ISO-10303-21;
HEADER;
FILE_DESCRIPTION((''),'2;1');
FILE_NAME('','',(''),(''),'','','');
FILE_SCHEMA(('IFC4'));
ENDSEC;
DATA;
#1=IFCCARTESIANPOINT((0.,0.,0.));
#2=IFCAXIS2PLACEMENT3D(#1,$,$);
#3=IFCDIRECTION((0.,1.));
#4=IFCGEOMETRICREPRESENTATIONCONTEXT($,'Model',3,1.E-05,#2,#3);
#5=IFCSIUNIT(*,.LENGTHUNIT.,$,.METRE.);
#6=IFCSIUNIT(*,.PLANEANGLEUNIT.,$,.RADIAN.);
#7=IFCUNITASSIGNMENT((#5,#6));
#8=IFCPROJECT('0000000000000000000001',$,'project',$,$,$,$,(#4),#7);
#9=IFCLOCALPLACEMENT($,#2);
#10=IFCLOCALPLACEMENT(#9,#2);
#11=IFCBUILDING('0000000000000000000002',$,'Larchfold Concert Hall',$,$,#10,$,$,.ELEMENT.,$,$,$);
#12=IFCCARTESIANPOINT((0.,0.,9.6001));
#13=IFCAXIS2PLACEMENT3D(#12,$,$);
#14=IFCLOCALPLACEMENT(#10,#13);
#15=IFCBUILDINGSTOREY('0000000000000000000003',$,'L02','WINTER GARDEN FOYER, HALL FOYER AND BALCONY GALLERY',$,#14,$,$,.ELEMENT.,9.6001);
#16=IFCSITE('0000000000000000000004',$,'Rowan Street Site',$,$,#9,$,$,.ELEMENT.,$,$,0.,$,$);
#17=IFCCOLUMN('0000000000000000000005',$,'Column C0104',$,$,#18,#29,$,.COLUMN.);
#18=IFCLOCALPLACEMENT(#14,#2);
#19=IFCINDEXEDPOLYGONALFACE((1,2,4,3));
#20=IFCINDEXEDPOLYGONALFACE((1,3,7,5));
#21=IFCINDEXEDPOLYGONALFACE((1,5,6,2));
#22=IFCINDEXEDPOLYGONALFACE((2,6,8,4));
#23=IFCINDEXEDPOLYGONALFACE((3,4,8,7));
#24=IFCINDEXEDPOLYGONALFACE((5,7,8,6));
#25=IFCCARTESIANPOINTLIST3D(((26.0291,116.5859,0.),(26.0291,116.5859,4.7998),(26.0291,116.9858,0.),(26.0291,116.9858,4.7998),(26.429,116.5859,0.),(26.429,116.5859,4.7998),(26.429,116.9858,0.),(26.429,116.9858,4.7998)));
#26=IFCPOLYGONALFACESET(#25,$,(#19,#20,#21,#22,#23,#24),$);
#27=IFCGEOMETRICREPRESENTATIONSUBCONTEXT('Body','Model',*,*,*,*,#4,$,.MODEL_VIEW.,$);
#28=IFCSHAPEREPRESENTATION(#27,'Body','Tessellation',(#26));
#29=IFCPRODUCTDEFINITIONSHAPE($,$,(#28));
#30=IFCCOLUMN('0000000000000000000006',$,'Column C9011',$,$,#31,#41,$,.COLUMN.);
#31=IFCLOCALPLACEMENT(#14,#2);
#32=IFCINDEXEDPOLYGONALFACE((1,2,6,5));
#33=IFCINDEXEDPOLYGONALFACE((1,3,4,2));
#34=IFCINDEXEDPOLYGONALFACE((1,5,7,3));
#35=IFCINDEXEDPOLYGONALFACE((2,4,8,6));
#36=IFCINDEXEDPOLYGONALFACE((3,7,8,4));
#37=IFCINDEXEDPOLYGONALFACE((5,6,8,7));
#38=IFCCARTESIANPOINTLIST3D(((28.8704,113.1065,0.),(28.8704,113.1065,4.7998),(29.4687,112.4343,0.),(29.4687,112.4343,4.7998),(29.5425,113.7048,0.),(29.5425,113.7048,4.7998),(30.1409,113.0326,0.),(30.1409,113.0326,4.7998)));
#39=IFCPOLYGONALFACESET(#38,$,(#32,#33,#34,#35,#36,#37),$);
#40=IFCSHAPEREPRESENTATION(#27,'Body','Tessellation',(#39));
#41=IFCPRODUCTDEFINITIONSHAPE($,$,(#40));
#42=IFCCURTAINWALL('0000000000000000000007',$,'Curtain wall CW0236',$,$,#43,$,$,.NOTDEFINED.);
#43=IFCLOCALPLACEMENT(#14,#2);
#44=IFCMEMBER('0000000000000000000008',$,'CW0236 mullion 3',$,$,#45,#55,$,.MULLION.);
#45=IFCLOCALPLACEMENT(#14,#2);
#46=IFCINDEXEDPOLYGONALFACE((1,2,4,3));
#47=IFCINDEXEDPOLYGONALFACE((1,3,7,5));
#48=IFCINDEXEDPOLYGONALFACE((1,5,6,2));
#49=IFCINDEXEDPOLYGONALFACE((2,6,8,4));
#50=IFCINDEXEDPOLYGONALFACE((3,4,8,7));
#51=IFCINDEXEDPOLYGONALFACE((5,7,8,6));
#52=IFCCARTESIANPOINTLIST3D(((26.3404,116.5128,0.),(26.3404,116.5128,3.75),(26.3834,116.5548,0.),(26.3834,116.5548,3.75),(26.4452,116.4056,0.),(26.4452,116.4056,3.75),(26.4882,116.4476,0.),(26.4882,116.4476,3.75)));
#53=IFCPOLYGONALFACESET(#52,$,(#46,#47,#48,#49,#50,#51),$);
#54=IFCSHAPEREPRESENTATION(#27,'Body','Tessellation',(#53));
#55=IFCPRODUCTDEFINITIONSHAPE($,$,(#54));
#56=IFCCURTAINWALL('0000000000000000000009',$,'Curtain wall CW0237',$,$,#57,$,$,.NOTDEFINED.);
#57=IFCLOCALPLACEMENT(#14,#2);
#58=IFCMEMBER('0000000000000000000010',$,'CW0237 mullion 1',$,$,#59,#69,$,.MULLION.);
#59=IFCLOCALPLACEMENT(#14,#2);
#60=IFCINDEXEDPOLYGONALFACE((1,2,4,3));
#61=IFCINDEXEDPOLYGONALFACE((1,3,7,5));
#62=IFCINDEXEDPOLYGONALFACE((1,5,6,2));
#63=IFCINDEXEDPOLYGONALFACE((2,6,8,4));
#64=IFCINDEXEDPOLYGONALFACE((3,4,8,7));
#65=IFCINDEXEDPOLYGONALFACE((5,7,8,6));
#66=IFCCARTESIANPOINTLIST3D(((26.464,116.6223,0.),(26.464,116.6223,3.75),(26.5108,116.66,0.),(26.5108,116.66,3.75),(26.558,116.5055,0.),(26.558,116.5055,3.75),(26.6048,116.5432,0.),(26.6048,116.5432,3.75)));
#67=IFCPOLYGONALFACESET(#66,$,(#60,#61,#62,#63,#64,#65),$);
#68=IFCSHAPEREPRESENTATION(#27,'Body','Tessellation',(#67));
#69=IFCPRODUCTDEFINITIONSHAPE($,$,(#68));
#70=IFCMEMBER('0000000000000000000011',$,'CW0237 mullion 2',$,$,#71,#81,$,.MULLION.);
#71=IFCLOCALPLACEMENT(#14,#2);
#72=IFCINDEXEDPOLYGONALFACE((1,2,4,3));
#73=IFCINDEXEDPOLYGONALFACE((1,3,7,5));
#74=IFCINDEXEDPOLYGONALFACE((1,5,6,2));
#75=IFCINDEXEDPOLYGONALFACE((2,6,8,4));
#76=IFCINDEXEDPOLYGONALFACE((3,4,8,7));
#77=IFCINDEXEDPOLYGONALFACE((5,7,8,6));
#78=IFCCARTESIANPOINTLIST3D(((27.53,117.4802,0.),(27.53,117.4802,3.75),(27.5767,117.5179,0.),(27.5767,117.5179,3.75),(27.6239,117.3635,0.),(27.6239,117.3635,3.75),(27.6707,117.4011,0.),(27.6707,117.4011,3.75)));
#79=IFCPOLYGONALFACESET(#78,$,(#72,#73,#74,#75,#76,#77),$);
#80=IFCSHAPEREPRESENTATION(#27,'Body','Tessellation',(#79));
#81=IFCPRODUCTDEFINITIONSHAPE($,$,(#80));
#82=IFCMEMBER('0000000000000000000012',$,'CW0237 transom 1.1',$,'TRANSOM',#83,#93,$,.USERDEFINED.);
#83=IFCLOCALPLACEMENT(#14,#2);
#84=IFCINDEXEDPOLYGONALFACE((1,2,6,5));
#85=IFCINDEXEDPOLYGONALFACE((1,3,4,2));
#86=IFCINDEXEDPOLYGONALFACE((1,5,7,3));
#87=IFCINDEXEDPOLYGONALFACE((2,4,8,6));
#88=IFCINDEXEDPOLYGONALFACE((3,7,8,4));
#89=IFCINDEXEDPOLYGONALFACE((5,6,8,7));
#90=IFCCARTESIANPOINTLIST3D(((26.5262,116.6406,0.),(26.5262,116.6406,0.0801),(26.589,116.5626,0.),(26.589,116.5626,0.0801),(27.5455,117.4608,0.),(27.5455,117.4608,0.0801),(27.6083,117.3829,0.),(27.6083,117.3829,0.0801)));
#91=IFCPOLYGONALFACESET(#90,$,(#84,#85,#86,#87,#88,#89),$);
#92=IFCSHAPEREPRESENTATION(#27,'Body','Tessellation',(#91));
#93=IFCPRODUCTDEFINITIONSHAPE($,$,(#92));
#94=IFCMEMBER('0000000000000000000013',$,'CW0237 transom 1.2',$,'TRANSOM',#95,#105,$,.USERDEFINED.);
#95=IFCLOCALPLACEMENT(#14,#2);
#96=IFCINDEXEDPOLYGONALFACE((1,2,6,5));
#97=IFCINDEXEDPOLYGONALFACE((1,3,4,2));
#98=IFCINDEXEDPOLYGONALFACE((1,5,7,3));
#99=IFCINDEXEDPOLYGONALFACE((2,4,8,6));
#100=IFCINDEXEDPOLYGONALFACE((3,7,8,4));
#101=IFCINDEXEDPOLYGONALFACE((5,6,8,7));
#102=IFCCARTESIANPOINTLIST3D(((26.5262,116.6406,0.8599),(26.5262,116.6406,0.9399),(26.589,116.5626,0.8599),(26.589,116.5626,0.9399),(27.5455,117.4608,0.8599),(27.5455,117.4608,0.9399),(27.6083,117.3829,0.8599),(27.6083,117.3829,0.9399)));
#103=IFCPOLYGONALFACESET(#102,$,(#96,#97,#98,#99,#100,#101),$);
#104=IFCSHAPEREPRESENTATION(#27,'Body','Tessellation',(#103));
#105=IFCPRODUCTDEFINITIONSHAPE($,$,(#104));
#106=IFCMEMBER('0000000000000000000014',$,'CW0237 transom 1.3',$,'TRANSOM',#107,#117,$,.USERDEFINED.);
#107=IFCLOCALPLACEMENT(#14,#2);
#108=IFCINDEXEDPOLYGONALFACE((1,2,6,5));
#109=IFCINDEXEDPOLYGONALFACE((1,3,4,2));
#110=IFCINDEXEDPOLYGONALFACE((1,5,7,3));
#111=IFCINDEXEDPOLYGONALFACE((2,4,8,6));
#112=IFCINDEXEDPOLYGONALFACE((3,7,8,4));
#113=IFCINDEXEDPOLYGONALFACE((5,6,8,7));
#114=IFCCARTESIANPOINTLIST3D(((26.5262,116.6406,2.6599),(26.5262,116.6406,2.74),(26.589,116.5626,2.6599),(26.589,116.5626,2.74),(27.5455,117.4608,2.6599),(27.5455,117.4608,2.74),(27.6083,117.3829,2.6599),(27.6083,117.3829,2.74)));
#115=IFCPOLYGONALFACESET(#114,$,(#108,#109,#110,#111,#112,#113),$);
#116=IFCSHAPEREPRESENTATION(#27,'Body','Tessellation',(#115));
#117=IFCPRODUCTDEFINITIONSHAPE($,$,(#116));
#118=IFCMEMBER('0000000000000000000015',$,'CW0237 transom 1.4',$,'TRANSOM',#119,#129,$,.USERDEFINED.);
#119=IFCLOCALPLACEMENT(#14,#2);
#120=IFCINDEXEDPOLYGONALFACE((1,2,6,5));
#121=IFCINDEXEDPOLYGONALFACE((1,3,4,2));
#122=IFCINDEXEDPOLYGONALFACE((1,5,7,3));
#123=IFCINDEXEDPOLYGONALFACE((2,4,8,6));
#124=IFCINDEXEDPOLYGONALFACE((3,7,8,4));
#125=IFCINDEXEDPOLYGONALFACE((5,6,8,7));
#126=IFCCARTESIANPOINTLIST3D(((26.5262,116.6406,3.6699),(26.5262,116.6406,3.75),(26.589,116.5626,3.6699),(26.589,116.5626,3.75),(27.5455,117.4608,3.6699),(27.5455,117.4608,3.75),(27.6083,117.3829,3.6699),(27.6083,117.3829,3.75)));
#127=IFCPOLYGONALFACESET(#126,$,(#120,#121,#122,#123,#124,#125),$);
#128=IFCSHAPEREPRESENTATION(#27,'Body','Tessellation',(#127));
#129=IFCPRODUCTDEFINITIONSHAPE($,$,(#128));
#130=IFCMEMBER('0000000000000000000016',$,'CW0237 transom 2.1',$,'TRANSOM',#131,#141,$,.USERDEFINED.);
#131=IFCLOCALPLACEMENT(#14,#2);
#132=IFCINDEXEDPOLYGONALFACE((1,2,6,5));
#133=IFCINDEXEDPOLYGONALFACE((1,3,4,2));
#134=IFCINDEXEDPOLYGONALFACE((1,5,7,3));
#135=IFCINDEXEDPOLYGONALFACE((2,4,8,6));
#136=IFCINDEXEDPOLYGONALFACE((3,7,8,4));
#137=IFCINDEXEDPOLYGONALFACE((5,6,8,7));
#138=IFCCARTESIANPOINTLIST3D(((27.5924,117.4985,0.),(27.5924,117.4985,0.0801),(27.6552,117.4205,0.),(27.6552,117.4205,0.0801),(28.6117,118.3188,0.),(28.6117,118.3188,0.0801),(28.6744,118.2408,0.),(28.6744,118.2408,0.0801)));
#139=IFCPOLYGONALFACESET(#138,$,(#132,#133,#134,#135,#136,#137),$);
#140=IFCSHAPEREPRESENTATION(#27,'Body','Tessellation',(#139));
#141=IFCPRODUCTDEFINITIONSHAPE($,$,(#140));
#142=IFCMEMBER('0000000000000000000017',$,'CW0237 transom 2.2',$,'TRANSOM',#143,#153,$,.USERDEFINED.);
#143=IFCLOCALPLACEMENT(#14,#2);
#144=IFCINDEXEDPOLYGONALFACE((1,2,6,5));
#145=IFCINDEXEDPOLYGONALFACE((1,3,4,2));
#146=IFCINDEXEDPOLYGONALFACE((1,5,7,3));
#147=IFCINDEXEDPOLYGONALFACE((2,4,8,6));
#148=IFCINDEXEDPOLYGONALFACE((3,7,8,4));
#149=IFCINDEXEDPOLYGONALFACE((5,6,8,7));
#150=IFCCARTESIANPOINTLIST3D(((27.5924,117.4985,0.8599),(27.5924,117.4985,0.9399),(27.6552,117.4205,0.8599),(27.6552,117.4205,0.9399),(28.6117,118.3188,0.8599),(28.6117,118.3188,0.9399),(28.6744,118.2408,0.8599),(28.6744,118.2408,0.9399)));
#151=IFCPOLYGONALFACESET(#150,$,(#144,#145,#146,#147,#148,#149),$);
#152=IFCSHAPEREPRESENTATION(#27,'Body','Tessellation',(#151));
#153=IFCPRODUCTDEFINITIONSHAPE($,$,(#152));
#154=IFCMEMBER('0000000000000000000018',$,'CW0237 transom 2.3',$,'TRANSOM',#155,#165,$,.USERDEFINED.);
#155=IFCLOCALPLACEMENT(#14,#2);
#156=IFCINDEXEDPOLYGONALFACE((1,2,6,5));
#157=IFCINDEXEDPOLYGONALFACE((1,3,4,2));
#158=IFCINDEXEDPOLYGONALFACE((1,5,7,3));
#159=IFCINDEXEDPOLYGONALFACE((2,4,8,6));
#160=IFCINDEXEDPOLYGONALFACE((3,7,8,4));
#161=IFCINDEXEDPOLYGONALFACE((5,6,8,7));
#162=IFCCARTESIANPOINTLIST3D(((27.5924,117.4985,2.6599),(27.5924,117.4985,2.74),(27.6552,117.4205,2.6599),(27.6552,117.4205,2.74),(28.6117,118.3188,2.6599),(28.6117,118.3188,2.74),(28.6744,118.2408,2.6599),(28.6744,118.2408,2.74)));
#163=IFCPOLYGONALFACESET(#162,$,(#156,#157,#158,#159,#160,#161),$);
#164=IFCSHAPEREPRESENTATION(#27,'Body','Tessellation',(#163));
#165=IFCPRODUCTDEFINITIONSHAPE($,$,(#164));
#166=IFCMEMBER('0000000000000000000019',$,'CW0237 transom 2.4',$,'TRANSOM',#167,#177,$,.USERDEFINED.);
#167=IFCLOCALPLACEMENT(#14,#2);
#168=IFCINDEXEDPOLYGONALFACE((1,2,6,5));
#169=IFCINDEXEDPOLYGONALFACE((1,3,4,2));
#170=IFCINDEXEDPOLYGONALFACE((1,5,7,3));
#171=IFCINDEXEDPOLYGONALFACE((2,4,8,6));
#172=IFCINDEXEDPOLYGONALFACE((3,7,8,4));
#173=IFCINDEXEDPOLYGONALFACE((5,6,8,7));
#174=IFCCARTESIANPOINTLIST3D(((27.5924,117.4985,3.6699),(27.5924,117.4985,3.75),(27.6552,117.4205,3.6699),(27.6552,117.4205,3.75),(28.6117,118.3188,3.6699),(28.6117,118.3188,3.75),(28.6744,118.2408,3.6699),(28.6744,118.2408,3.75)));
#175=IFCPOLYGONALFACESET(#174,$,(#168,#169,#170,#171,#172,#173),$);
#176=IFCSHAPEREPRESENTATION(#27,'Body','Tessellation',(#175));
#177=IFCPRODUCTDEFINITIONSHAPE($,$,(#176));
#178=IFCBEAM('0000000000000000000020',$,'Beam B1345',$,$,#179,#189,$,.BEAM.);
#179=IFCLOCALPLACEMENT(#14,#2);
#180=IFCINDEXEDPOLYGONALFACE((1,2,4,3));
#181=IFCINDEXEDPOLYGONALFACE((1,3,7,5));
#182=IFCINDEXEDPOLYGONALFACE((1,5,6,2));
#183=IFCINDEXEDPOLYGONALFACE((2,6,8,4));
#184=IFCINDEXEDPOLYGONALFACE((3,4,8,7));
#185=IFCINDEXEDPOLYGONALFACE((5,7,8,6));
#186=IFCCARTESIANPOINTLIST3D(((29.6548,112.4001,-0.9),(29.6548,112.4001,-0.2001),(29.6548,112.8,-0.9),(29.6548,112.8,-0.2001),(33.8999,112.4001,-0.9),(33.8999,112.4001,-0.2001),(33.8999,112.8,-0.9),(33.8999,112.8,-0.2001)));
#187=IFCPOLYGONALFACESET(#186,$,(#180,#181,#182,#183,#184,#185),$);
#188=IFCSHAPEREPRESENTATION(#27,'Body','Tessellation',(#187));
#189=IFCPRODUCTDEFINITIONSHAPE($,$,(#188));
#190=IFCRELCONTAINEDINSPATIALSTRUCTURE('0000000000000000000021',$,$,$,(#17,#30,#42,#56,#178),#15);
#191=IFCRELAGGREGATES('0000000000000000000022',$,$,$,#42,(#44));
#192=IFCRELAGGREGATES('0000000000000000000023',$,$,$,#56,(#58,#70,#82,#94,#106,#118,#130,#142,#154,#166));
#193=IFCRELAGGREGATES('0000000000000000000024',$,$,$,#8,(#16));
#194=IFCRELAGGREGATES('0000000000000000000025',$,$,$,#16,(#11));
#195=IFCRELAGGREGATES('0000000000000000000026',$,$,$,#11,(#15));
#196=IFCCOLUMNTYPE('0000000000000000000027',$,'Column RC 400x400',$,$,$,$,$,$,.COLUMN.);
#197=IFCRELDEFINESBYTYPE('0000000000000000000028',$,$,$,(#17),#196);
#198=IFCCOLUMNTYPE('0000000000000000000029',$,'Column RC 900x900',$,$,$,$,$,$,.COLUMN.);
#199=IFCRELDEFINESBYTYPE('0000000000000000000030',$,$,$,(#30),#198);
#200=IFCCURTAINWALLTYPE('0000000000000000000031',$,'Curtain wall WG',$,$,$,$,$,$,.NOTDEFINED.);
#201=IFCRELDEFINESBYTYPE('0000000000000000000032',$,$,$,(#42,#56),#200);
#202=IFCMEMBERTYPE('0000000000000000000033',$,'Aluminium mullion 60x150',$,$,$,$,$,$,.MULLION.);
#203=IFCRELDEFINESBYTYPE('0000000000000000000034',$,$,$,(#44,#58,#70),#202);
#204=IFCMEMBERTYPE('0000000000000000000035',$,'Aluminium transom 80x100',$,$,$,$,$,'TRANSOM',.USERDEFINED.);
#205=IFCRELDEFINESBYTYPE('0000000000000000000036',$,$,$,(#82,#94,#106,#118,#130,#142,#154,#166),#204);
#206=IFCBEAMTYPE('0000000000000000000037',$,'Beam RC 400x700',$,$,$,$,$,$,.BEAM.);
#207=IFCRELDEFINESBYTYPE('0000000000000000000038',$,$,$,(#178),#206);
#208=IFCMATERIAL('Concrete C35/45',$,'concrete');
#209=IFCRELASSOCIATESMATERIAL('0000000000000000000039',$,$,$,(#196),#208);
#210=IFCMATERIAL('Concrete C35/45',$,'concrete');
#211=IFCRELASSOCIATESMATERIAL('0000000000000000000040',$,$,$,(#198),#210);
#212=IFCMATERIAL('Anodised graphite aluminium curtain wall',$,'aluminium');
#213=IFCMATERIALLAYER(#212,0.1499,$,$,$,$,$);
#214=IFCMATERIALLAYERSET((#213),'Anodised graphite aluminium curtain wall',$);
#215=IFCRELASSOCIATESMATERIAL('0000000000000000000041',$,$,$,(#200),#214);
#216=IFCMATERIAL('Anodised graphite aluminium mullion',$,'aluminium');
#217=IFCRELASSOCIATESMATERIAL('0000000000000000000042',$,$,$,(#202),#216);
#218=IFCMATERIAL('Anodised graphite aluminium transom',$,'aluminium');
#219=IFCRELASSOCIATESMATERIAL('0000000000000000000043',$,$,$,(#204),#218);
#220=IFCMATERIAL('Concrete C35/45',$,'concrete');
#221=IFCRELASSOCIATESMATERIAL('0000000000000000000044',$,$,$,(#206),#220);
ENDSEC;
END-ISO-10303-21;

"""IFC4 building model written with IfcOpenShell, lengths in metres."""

from ifc_helpers import new_model, si_unit, direction, frame, origin, origin_2d, place, context, subcontext, project, spatial, rectangle, extrude, material, layer, layer_set, material_profile, profile_set, type_object, element, aggregate, save


model = new_model("IFC4")

# Units and contexts
model_context = context("Model", 3, precision=1e-05, world=origin(), true_north=direction((0.0, 1.0)))
body_context = subcontext(model_context, "Body", "Model", "MODEL_VIEW")
ifc_project = project(units=[si_unit("LENGTHUNIT", "METRE"), si_unit("PLANEANGLEUNIT", "RADIAN")], contexts=[model_context])

# Site, building, storey
site_placement = place(None, origin())
site = spatial("IfcSite", under=ifc_project, at=site_placement, Name="Rowan Street Site", CompositionType="ELEMENT", RefElevation=0.0)
building_placement = place(site_placement, origin())
building = spatial("IfcBuilding", under=site, at=building_placement, Name="Larchfold Concert Hall", CompositionType="ELEMENT")
storey_placement = place(building_placement, frame((0.0, 0.0, 9.6001)))
storey = spatial("IfcBuildingStorey", under=building, at=storey_placement, Name="L02", Description="WINTER GARDEN FOYER, HALL FOYER AND BALCONY GALLERY", CompositionType="ELEMENT", Elevation=9.6001)

# Columns
ifc_material_1 = material(Name="Concrete C35/45", Category="concrete")
ifc_material_profile_1 = material_profile(ifc_material_1, rectangle(XDim=0.3999, YDim=0.3999, at=origin_2d()))
ifc_profile_set_1 = profile_set([ifc_material_profile_1], Name="Concrete C35/45")
column_type_1 = type_object("IfcColumnType", Name="Column RC 400x400", PredefinedType="COLUMN", material=ifc_profile_set_1)
column_1_placement = place(storey_placement, frame((26.229, 116.7859, 0.0), z_axis=(0.0, 0.0, 1.0), x_axis=(1.0, 0.0, 0.0)))
element("IfcColumn", 1, at=column_1_placement, inside=storey, type_object=column_type_1, Name="Column C0104", PredefinedType="COLUMN", context=body_context, shape_type="SweptSolid", body=[
    extrude(rectangle(XDim=0.3999, YDim=0.3999, at=origin_2d()), origin(), (0.0, 0.0, 1.0), 4.7998),
])
ifc_material_2 = material(Name="Concrete C35/45", Category="concrete")
ifc_material_profile_2 = material_profile(ifc_material_2, rectangle(XDim=0.8999, YDim=0.8999, at=origin_2d()))
ifc_profile_set_2 = profile_set([ifc_material_profile_2], Name="Concrete C35/45")
column_type_2 = type_object("IfcColumnType", Name="Column RC 900x900", PredefinedType="COLUMN", material=ifc_profile_set_2)
column_2_placement = place(storey_placement, frame((29.5056, 113.0696, 0.0), z_axis=(0.0, 0.0, 1.0), x_axis=(0.746954, 0.664876, 0.0)))
element("IfcColumn", 2, at=column_2_placement, inside=storey, type_object=column_type_2, Name="Column C9011", PredefinedType="COLUMN", context=body_context, shape_type="SweptSolid", body=[
    extrude(rectangle(XDim=0.8999, YDim=0.8999, at=origin_2d()), origin(), (0.0, 0.0, 1.0), 4.7998),
])

# Curtain wall, member
ifc_material_3 = material(Name="Anodised graphite aluminium curtain wall", Category="aluminium")
ifc_layer_1 = layer(ifc_material_3, 0.1499)
ifc_layer_set_1 = layer_set([ifc_layer_1], Name="Anodised graphite aluminium curtain wall")
curtain_wall_type = type_object("IfcCurtainWallType", Name="Curtain wall WG", PredefinedType="NOTDEFINED", material=ifc_layer_set_1)
curtain_wall_1_placement = place(storey_placement, origin())
curtain_wall_1 = element("IfcCurtainWall", 3, at=curtain_wall_1_placement, inside=storey, type_object=curtain_wall_type, Name="Curtain wall CW0236", PredefinedType="NOTDEFINED")
ifc_material_4 = material(Name="Anodised graphite aluminium mullion", Category="aluminium")
ifc_material_profile_3 = material_profile(ifc_material_4, rectangle(XDim=0.1499, YDim=0.0601, at=origin_2d()))
ifc_profile_set_3 = profile_set([ifc_material_profile_3], Name="Anodised graphite aluminium mullion")
member_type_1 = type_object("IfcMemberType", Name="Aluminium mullion 60x150", PredefinedType="MULLION", material=ifc_profile_set_3)
member_1_placement = place(storey_placement, frame((26.4143, 116.4802, 0.0), z_axis=(0.0, 0.0, 1.0), x_axis=(-0.699105, 0.715019, 0.0)))
member_1 = element("IfcMember", 4, at=member_1_placement, type_object=member_type_1, Name="CW0236 mullion 3", PredefinedType="MULLION", context=body_context, shape_type="SweptSolid", body=[
    extrude(rectangle(XDim=0.1499, YDim=0.0601, at=origin_2d()), origin(), (0.0, 0.0, 1.0), 3.75),
])
aggregate(curtain_wall_1, [member_1])

# Curtain wall, members
curtain_wall_2_placement = place(storey_placement, origin())
curtain_wall_2 = element("IfcCurtainWall", 5, at=curtain_wall_2_placement, inside=storey, type_object=curtain_wall_type, Name="Curtain wall CW0237", PredefinedType="NOTDEFINED")
member_2_placement = place(storey_placement, frame((26.5344, 116.5828, 0.0), z_axis=(0.0, 0.0, 1.0), x_axis=(-0.626971, 0.779043, 0.0)))
member_2 = element("IfcMember", 6, at=member_2_placement, type_object=member_type_1, Name="CW0237 mullion 1", PredefinedType="MULLION", context=body_context, shape_type="SweptSolid", body=[
    extrude(rectangle(XDim=0.1499, YDim=0.0601, at=origin_2d()), origin(), (0.0, 0.0, 1.0), 3.75),
])
member_3_placement = place(storey_placement, frame((27.6003, 117.4407, 0.0), z_axis=(0.0, 0.0, 1.0), x_axis=(-0.626971, 0.779043, 0.0)))
member_3 = element("IfcMember", 7, at=member_3_placement, type_object=member_type_1, Name="CW0237 mullion 2", PredefinedType="MULLION", context=body_context, shape_type="SweptSolid", body=[
    extrude(rectangle(XDim=0.1499, YDim=0.0601, at=origin_2d()), origin(), (0.0, 0.0, 1.0), 3.75),
])
ifc_material_5 = material(Name="Anodised graphite aluminium transom", Category="aluminium")
ifc_material_profile_4 = material_profile(ifc_material_5, rectangle(XDim=0.1001, YDim=0.0801, at=origin_2d()))
ifc_profile_set_4 = profile_set([ifc_material_profile_4], Name="Anodised graphite aluminium transom")
member_type_2 = type_object("IfcMemberType", Name="Aluminium transom 80x100", ElementType="TRANSOM", PredefinedType="USERDEFINED", material=ifc_profile_set_4)
member_4_placement = place(storey_placement, frame((26.5576, 116.6016, 0.04), z_axis=(0.779045, 0.626968, 0.0), x_axis=(-0.626968, 0.779045, 0.0)))
member_4 = element("IfcMember", 8, at=member_4_placement, type_object=member_type_2, Name="CW0237 transom 1.1", ObjectType="TRANSOM", PredefinedType="USERDEFINED", context=body_context, shape_type="SweptSolid", body=[
    extrude(rectangle(XDim=0.1001, YDim=0.0801, at=origin_2d()), origin(), (0.0, 0.0, 1.0), 1.3083),
])
member_5_placement = place(storey_placement, frame((26.5576, 116.6016, 0.8999), z_axis=(0.779045, 0.626968, 0.0), x_axis=(-0.626968, 0.779045, 0.0)))
member_5 = element("IfcMember", 9, at=member_5_placement, type_object=member_type_2, Name="CW0237 transom 1.2", ObjectType="TRANSOM", PredefinedType="USERDEFINED", context=body_context, shape_type="SweptSolid", body=[
    extrude(rectangle(XDim=0.1001, YDim=0.0801, at=origin_2d()), origin(), (0.0, 0.0, 1.0), 1.3083),
])
member_6_placement = place(storey_placement, frame((26.5576, 116.6016, 2.7), z_axis=(0.779045, 0.626968, 0.0), x_axis=(-0.626968, 0.779045, 0.0)))
member_6 = element("IfcMember", 10, at=member_6_placement, type_object=member_type_2, Name="CW0237 transom 1.3", ObjectType="TRANSOM", PredefinedType="USERDEFINED", context=body_context, shape_type="SweptSolid", body=[
    extrude(rectangle(XDim=0.1001, YDim=0.0801, at=origin_2d()), origin(), (0.0, 0.0, 1.0), 1.3083),
])
member_7_placement = place(storey_placement, frame((26.5576, 116.6016, 3.71), z_axis=(0.779045, 0.626968, 0.0), x_axis=(-0.626968, 0.779045, 0.0)))
member_7 = element("IfcMember", 11, at=member_7_placement, type_object=member_type_2, Name="CW0237 transom 1.4", ObjectType="TRANSOM", PredefinedType="USERDEFINED", context=body_context, shape_type="SweptSolid", body=[
    extrude(rectangle(XDim=0.1001, YDim=0.0801, at=origin_2d()), origin(), (0.0, 0.0, 1.0), 1.3083),
])
member_8_placement = place(storey_placement, frame((27.6238, 117.4595, 0.04), z_axis=(0.779045, 0.626968, 0.0), x_axis=(-0.626968, 0.779045, 0.0)))
member_8 = element("IfcMember", 12, at=member_8_placement, type_object=member_type_2, Name="CW0237 transom 2.1", ObjectType="TRANSOM", PredefinedType="USERDEFINED", context=body_context, shape_type="SweptSolid", body=[
    extrude(rectangle(XDim=0.1001, YDim=0.0801, at=origin_2d()), origin(), (0.0, 0.0, 1.0), 1.3083),
])
member_9_placement = place(storey_placement, frame((27.6238, 117.4595, 0.8999), z_axis=(0.779045, 0.626968, 0.0), x_axis=(-0.626968, 0.779045, 0.0)))
member_9 = element("IfcMember", 13, at=member_9_placement, type_object=member_type_2, Name="CW0237 transom 2.2", ObjectType="TRANSOM", PredefinedType="USERDEFINED", context=body_context, shape_type="SweptSolid", body=[
    extrude(rectangle(XDim=0.1001, YDim=0.0801, at=origin_2d()), origin(), (0.0, 0.0, 1.0), 1.3083),
])
member_10_placement = place(storey_placement, frame((27.6238, 117.4595, 2.7), z_axis=(0.779045, 0.626968, 0.0), x_axis=(-0.626968, 0.779045, 0.0)))
member_10 = element("IfcMember", 14, at=member_10_placement, type_object=member_type_2, Name="CW0237 transom 2.3", ObjectType="TRANSOM", PredefinedType="USERDEFINED", context=body_context, shape_type="SweptSolid", body=[
    extrude(rectangle(XDim=0.1001, YDim=0.0801, at=origin_2d()), origin(), (0.0, 0.0, 1.0), 1.3083),
])
member_11_placement = place(storey_placement, frame((27.6238, 117.4595, 3.71), z_axis=(0.779045, 0.626968, 0.0), x_axis=(-0.626968, 0.779045, 0.0)))
member_11 = element("IfcMember", 15, at=member_11_placement, type_object=member_type_2, Name="CW0237 transom 2.4", ObjectType="TRANSOM", PredefinedType="USERDEFINED", context=body_context, shape_type="SweptSolid", body=[
    extrude(rectangle(XDim=0.1001, YDim=0.0801, at=origin_2d()), origin(), (0.0, 0.0, 1.0), 1.3083),
])

# Beam
ifc_material_6 = material(Name="Concrete C35/45", Category="concrete")
ifc_material_profile_5 = material_profile(ifc_material_6, rectangle(XDim=0.3999, YDim=0.7, at=origin_2d()))
ifc_profile_set_5 = profile_set([ifc_material_profile_5], Name="Concrete C35/45")
beam_type_1 = type_object("IfcBeamType", Name="Beam RC 400x700", PredefinedType="BEAM", material=ifc_profile_set_5)
beam_1_placement = place(storey_placement, frame((29.6548, 112.6001, -0.55), z_axis=(1.0, 0.0, 0.0), x_axis=(0.0, 1.0, 0.0)))
element("IfcBeam", 16, at=beam_1_placement, inside=storey, type_object=beam_type_1, Name="Beam B1345", PredefinedType="BEAM", context=body_context, shape_type="SweptSolid", body=[
    extrude(rectangle(XDim=0.3999, YDim=0.7, at=origin_2d()), origin(), (0.0, 0.0, 1.0), 4.2451),
])

aggregate(curtain_wall_2, [member_2, member_3, member_4, member_5, member_6, member_7, member_8, member_9, member_10, member_11])

save(model, "model.ifc")
